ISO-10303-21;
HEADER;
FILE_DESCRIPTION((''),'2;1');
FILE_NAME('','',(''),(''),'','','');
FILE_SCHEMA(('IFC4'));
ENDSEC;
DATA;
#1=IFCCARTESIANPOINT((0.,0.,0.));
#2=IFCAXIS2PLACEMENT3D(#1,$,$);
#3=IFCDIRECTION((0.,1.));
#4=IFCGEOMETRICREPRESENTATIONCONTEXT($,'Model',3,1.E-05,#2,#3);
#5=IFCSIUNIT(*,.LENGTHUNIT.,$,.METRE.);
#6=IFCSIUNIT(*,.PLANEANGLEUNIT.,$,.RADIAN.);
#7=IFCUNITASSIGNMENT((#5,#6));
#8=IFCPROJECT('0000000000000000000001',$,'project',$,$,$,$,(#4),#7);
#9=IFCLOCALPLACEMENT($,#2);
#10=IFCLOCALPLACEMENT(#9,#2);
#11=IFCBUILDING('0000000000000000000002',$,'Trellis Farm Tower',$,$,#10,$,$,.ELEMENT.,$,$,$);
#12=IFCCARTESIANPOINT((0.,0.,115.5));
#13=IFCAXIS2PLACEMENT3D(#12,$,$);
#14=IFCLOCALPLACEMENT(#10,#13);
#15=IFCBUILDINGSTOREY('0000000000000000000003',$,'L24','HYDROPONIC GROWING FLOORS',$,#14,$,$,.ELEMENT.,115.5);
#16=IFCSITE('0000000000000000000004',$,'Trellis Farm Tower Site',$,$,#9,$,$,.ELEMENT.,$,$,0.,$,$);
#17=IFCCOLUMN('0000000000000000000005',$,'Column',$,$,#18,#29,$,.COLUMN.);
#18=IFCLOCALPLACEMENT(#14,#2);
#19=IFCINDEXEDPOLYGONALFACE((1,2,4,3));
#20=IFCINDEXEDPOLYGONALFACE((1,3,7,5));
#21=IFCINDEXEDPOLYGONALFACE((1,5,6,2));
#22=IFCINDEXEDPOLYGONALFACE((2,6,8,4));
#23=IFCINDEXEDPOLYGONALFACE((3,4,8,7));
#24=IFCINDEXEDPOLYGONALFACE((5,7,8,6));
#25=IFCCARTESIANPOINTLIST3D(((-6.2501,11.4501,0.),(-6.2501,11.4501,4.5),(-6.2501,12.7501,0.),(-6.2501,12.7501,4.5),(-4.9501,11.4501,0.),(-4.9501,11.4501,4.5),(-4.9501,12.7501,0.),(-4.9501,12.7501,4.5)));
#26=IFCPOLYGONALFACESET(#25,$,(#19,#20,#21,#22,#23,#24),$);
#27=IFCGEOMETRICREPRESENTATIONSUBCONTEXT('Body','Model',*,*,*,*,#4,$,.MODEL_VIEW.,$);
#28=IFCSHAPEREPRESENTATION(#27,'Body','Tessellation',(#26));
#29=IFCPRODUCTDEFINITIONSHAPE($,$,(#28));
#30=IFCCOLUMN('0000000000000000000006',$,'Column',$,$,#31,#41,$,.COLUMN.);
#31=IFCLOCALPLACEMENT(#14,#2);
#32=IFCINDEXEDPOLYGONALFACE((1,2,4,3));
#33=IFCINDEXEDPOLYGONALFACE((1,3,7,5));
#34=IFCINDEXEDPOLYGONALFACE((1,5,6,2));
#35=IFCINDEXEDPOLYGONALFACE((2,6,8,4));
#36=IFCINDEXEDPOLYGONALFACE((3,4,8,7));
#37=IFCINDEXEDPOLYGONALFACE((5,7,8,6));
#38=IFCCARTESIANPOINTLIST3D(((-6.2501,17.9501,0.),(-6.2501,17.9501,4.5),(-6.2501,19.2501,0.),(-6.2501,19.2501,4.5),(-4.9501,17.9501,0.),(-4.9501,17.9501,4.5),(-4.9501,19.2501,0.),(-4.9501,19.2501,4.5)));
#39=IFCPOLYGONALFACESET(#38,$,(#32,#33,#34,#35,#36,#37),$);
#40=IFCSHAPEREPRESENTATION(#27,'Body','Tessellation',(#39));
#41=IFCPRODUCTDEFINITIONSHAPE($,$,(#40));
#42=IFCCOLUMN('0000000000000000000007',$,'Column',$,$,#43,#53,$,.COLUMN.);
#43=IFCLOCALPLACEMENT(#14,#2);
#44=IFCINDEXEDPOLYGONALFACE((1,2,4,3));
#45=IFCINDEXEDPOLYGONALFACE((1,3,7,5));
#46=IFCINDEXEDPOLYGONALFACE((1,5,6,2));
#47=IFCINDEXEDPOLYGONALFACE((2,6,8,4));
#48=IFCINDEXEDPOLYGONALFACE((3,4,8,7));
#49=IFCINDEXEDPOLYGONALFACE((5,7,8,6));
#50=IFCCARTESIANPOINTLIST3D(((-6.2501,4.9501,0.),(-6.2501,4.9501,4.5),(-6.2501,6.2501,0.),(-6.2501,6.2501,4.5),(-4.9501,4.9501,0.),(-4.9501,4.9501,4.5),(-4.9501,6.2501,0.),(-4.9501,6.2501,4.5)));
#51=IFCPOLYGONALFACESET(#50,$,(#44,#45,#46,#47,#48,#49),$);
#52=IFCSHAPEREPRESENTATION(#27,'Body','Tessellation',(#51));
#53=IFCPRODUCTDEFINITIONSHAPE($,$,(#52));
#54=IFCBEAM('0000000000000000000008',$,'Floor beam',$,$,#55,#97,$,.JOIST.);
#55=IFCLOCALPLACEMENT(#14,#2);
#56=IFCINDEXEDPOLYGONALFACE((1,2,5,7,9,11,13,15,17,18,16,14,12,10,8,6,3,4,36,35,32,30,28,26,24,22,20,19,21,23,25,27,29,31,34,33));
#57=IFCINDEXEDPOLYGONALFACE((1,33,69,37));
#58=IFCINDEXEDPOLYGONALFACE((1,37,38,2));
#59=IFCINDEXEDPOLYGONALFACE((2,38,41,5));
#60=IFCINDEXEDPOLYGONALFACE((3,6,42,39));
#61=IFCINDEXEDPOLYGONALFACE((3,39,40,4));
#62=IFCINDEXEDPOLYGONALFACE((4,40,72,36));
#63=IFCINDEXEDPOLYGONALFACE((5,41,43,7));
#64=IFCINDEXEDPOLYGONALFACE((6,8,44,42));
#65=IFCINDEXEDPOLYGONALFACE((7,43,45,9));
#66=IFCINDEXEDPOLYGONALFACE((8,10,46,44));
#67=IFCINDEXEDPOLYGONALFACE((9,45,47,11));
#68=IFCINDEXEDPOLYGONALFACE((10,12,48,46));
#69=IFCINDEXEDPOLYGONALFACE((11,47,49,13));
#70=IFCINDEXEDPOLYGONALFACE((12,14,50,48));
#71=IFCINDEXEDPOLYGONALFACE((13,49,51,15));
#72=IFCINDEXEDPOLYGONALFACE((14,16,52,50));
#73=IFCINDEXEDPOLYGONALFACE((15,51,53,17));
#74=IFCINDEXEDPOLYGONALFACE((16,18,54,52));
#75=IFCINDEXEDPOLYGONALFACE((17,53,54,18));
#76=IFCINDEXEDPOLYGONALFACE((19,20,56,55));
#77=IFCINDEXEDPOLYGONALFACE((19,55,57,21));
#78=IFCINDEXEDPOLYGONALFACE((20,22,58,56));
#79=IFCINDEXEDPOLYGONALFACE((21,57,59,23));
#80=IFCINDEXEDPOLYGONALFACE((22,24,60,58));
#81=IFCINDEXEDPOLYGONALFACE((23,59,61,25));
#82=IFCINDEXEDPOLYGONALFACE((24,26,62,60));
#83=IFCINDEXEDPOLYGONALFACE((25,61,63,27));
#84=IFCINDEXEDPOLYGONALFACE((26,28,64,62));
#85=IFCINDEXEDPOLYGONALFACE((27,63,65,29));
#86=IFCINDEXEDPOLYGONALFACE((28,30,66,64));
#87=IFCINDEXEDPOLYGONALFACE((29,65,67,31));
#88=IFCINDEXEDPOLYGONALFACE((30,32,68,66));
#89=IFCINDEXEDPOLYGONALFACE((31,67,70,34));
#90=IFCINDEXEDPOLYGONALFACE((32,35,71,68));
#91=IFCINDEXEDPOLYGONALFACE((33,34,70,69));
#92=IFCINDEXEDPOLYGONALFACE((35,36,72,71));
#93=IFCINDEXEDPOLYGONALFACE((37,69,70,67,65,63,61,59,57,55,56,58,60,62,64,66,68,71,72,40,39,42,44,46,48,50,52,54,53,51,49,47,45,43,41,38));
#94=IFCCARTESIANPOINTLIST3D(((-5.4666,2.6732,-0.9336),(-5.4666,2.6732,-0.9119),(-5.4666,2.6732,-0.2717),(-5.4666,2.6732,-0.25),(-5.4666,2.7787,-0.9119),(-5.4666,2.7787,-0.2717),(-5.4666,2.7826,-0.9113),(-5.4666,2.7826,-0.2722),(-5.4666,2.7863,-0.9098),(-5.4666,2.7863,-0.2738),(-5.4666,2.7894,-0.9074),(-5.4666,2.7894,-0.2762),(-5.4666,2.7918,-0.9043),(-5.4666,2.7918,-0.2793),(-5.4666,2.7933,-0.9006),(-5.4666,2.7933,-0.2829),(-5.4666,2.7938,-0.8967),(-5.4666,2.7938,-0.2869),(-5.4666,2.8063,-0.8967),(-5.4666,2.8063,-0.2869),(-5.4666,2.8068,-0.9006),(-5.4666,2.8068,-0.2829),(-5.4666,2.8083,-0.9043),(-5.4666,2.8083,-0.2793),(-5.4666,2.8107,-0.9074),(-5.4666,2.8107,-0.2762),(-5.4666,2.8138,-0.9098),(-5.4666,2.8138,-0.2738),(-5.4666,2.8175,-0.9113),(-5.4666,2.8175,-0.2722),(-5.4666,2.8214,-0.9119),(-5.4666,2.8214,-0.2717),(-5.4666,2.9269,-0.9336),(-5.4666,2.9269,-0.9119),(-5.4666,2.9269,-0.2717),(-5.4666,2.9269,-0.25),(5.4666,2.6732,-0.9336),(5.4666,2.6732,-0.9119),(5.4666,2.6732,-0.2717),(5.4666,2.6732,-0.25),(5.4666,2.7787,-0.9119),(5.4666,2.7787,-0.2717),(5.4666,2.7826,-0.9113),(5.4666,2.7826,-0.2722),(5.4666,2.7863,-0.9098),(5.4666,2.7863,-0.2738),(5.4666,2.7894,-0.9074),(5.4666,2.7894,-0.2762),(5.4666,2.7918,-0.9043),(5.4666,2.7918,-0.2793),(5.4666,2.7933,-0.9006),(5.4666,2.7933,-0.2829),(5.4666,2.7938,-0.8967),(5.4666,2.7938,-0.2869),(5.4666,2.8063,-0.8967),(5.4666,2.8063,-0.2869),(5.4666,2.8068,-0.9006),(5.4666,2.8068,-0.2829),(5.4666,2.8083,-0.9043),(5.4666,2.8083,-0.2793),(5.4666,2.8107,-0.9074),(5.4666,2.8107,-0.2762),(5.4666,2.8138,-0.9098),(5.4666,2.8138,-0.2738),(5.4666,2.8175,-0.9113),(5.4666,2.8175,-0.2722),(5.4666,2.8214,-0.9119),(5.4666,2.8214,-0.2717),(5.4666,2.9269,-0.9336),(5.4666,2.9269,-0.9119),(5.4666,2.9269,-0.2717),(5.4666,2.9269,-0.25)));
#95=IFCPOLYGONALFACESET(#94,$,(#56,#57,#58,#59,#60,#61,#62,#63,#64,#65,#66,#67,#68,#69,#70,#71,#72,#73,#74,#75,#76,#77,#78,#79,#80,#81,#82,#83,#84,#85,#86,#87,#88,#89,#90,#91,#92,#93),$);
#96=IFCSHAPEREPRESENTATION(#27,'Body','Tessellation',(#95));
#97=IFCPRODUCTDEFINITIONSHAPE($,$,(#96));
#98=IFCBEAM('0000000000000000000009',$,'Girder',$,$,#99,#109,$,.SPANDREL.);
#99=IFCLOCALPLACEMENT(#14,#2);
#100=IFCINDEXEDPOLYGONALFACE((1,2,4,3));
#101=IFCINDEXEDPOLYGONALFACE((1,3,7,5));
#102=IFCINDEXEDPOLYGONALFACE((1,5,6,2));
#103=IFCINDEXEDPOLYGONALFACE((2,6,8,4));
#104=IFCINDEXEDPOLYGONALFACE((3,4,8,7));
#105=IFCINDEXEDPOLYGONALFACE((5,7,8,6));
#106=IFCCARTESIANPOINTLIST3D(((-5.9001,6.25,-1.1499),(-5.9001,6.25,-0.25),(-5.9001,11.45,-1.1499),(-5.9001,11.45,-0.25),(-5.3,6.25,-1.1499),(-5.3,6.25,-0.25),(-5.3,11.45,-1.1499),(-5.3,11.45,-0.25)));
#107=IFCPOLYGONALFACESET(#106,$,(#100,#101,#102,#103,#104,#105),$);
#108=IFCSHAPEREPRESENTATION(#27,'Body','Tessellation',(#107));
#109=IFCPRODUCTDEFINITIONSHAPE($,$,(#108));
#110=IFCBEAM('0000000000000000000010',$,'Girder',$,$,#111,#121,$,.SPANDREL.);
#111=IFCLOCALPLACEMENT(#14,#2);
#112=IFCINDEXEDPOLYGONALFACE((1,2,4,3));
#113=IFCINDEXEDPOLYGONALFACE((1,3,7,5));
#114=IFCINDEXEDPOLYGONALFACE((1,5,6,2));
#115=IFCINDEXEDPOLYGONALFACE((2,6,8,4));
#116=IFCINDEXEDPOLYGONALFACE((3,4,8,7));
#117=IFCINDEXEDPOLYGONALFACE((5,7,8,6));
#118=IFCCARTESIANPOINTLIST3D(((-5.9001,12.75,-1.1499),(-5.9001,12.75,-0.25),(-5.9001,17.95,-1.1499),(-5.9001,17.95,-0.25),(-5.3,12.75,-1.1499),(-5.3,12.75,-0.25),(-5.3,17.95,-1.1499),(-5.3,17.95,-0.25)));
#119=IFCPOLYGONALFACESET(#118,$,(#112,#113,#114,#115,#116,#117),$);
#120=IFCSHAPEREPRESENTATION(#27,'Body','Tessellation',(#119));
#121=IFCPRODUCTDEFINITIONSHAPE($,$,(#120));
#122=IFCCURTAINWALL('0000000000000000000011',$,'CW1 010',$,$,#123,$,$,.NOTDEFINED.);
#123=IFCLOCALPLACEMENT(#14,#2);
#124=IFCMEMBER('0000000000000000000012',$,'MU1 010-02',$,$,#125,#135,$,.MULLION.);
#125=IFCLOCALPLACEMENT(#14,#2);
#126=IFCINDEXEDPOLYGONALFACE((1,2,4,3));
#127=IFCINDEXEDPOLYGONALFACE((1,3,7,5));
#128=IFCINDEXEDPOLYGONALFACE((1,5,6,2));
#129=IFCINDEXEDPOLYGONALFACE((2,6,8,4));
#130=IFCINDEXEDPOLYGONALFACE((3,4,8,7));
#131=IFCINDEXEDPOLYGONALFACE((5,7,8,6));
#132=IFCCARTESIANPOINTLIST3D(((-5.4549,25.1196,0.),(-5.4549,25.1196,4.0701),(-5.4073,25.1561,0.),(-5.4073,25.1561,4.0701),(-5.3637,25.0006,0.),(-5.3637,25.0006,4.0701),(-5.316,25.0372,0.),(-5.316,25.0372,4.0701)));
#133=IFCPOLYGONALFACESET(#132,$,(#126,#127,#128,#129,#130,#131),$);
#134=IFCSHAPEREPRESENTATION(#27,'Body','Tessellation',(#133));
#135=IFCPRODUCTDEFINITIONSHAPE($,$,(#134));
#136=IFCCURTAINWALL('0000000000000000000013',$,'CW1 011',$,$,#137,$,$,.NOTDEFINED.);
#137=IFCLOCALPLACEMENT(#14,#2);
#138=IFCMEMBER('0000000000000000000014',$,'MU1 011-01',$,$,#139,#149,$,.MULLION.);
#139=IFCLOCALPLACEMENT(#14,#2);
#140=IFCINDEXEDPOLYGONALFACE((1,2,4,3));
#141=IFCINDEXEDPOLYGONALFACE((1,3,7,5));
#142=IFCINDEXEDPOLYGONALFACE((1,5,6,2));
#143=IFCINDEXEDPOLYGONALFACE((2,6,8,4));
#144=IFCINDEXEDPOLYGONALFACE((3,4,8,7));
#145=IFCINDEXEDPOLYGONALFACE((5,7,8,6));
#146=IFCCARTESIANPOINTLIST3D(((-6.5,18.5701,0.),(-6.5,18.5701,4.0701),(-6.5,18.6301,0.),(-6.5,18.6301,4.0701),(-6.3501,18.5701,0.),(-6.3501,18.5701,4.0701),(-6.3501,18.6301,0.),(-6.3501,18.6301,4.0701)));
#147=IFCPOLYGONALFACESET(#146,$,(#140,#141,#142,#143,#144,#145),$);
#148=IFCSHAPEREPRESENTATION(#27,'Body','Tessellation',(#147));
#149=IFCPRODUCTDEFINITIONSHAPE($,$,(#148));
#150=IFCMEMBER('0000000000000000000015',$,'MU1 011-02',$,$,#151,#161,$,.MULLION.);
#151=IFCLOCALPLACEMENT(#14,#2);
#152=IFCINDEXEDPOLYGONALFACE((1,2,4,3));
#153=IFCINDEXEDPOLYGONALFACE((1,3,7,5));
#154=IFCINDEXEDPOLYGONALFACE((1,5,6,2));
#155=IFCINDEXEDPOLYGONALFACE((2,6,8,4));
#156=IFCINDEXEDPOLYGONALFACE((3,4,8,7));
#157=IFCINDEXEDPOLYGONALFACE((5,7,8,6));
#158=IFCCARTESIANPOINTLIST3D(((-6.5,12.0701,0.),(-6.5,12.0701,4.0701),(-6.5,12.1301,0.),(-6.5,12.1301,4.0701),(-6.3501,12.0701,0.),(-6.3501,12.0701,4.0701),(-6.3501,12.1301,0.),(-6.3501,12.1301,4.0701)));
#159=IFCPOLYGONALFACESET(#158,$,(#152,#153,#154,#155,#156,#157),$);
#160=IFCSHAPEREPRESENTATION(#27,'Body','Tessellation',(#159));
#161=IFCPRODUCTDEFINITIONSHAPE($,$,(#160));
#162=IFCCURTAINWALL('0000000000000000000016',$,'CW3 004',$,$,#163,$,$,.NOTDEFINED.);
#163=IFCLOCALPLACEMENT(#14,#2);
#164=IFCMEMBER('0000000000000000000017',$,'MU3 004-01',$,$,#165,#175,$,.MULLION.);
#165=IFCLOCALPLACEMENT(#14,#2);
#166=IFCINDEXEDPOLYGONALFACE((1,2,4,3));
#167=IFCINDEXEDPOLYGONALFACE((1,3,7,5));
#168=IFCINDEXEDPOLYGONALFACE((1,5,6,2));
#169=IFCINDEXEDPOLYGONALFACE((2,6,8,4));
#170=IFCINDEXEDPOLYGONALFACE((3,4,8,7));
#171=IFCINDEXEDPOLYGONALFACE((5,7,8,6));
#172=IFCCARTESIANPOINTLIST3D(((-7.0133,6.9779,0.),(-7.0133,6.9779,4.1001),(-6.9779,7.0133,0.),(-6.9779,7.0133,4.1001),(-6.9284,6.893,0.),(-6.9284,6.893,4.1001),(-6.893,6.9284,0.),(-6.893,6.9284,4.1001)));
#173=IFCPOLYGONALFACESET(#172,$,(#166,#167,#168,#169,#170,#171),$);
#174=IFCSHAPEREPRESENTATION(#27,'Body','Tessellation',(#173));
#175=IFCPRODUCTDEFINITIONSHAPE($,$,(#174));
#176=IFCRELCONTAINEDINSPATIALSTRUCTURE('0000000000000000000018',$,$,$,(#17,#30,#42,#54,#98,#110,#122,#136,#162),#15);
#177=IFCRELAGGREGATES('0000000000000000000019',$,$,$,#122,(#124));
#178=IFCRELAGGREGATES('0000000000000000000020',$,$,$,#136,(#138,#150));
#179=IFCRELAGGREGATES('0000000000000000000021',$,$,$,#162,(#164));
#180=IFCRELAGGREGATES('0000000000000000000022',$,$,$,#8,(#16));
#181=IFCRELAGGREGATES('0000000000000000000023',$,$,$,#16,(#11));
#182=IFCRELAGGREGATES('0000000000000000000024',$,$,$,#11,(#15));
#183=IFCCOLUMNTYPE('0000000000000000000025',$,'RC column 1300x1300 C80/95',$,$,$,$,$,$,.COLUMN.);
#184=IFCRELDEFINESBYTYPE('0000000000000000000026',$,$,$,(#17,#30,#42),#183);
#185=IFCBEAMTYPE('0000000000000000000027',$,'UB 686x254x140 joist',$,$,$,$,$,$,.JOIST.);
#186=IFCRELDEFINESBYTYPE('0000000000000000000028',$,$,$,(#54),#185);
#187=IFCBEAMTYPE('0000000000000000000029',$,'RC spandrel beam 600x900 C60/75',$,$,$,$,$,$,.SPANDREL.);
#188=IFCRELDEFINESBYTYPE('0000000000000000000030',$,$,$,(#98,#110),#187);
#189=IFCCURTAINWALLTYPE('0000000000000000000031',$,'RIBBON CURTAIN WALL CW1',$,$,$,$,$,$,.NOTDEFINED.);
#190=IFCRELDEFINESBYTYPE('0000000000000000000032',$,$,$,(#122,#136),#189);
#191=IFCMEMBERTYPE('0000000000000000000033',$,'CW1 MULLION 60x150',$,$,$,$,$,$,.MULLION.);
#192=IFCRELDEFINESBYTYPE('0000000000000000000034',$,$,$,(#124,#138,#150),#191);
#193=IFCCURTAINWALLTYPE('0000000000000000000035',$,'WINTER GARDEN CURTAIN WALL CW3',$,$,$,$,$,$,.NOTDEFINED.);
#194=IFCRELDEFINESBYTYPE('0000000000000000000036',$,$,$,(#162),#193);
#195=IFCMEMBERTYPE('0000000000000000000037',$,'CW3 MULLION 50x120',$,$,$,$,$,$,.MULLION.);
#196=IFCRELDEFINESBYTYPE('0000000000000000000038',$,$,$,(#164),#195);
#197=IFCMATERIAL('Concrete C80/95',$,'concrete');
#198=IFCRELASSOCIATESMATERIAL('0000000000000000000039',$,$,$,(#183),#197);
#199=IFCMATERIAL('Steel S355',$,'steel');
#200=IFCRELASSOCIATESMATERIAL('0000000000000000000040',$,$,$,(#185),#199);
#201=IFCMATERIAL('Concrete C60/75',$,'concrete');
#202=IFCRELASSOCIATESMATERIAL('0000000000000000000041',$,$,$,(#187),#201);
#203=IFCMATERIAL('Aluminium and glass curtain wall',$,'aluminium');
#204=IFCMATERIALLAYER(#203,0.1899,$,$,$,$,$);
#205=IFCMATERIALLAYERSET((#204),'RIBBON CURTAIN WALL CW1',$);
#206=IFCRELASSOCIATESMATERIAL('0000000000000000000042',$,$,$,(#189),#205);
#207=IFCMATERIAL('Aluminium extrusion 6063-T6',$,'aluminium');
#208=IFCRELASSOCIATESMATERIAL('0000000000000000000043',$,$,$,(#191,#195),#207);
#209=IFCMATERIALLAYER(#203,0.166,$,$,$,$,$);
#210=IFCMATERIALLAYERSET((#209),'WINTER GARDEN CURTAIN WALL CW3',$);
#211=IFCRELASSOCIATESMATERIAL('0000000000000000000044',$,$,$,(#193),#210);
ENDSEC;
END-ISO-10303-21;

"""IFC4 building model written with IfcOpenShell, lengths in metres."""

from ifc_helpers import new_model, si_unit, direction, frame, origin, origin_2d, place, context, subcontext, project, spatial, rectangle, i_section, extrude, source, transform, mapped, material, layer, layer_set, material_profile, profile_set, type_object, element, aggregate, save


model = new_model("IFC4")

# Units and contexts
model_context = context("Model", 3, precision=1e-05, world=origin(), true_north=direction((0.0, 1.0)))
body_context = subcontext(model_context, "Body", "Model", "MODEL_VIEW")
ifc_project = project(units=[si_unit("LENGTHUNIT", "METRE"), si_unit("PLANEANGLEUNIT", "RADIAN")], contexts=[model_context])

# Site, building, storey
site_placement = place(None, origin())
site = spatial("IfcSite", under=ifc_project, at=site_placement, Name="Trellis Farm Tower Site", CompositionType="ELEMENT", RefElevation=0.0)
building_placement = place(site_placement, origin())
building = spatial("IfcBuilding", under=site, at=building_placement, Name="Trellis Farm Tower", CompositionType="ELEMENT")
storey_placement = place(building_placement, frame((0.0, 0.0, 115.5)))
storey = spatial("IfcBuildingStorey", under=building, at=storey_placement, Name="L24", Description="HYDROPONIC GROWING FLOORS", CompositionType="ELEMENT", Elevation=115.5)

# Columns
ifc_material_1 = material(Name="Concrete C80/95", Category="concrete")
ifc_material_profile_1 = material_profile(ifc_material_1, rectangle(XDim=1.3, YDim=1.3, at=origin_2d()), Name="RC column 1300x1300 C80/95")
ifc_profile_set_1 = profile_set([ifc_material_profile_1], Name="Concrete C80/95")
column_type = type_object("IfcColumnType", Name="RC column 1300x1300 C80/95", PredefinedType="COLUMN", material=ifc_profile_set_1)
shared_shape_1 = source(origin(), body_context, "Body", "SweptSolid", [
    extrude(rectangle(XDim=1.3, YDim=1.3, at=origin_2d()), origin(), (0.0, 0.0, 1.0), 4.5),
])
for number, where, z_axis, x_axis, name in (
    (1, (-5.6001, 12.1001, 0.0), (0.0, 0.0, 1.0), (1.0, 0.0, 0.0), "Column"),
    (2, (-5.6001, 18.6001, 0.0), (0.0, 0.0, 1.0), (1.0, 0.0, 0.0), "Column"),
    (3, (-5.6001, 5.6001, 0.0), (0.0, 0.0, 1.0), (1.0, 0.0, 0.0), "Column"),
):
    element("IfcColumn", number, at=place(storey_placement, frame(where, z_axis=z_axis, x_axis=x_axis)), inside=storey, type_object=column_type, Name=name, PredefinedType="COLUMN", context=body_context, shape_type="MappedRepresentation", body=[
        mapped(shared_shape_1, transform((0.0, 0.0, 0.0))),
    ])

# Beams
ifc_material_2 = material(Name="Steel S355", Category="steel")
ifc_material_profile_2 = material_profile(ifc_material_2, i_section(OverallWidth=0.2537, OverallDepth=0.6836, WebThickness=0.0125, FlangeThickness=0.0217, FilletRadius=0.0151, at=origin_2d()), Name="UB 686x254x140")
ifc_profile_set_2 = profile_set([ifc_material_profile_2], Name="Steel S355")
beam_type_1 = type_object("IfcBeamType", Name="UB 686x254x140 joist", PredefinedType="JOIST", material=ifc_profile_set_2)
shared_shape_2 = source(origin(), body_context, "Body", "SweptSolid", [
    extrude(i_section(OverallWidth=0.2537, OverallDepth=0.6836, WebThickness=0.0125, FlangeThickness=0.0217, FilletRadius=0.0151, at=origin_2d()), origin(), (0.0, 0.0, 1.0), 10.9331),
])
beam_placement = place(storey_placement, frame((-5.4666, 2.8, -0.5918), z_axis=(1.0, 0.0, 0.0), x_axis=(0.0, 1.0, 0.0)))
element("IfcBeam", 4, at=beam_placement, inside=storey, type_object=beam_type_1, Name="Floor beam", PredefinedType="JOIST", context=body_context, shape_type="MappedRepresentation", body=[
    mapped(shared_shape_2, transform((0.0, 0.0, 0.0))),
])
ifc_material_3 = material(Name="Concrete C60/75", Category="concrete")
ifc_material_profile_3 = material_profile(ifc_material_3, rectangle(XDim=0.6001, YDim=0.8999, at=origin_2d()), Name="RC spandrel beam 600x900 C60/75")
ifc_profile_set_3 = profile_set([ifc_material_profile_3], Name="Concrete C60/75")
beam_type_2 = type_object("IfcBeamType", Name="RC spandrel beam 600x900 C60/75", PredefinedType="SPANDREL", material=ifc_profile_set_3)
shared_shape_3 = source(origin(), body_context, "Body", "SweptSolid", [
    extrude(rectangle(XDim=0.6001, YDim=0.8999, at=origin_2d()), origin(), (0.0, 0.0, 1.0), 5.2),
])
for number, where, z_axis, x_axis, name in (
    (5, (-5.6001, 6.25, -0.7), (0.0, 1.0, 0.0), (-1.0, 0.0, 0.0), "Girder"),
    (6, (-5.6001, 12.75, -0.7), (0.0, 1.0, 0.0), (-1.0, 0.0, 0.0), "Girder"),
):
    element("IfcBeam", number, at=place(storey_placement, frame(where, z_axis=z_axis, x_axis=x_axis)), inside=storey, type_object=beam_type_2, Name=name, PredefinedType="SPANDREL", context=body_context, shape_type="MappedRepresentation", body=[
        mapped(shared_shape_3, transform((0.0, 0.0, 0.0))),
    ])

# Curtain wall, member
ifc_material_4 = material(Name="Aluminium and glass curtain wall", Category="aluminium")
ifc_layer_1 = layer(ifc_material_4, 0.1899)
ifc_layer_set_1 = layer_set([ifc_layer_1], Name="RIBBON CURTAIN WALL CW1")
curtain_wall_type_1 = type_object("IfcCurtainWallType", Name="RIBBON CURTAIN WALL CW1", PredefinedType="NOTDEFINED", material=ifc_layer_set_1)
placement = place(storey_placement, origin())
curtain_wall_1 = element("IfcCurtainWall", 7, at=placement, inside=storey, type_object=curtain_wall_type_1, Name="CW1 010", PredefinedType="NOTDEFINED")
ifc_material_5 = material(Name="Aluminium extrusion 6063-T6", Category="aluminium")
ifc_material_profile_4 = material_profile(ifc_material_5, rectangle(XDim=0.0601, YDim=0.1499, at=origin_2d()), Name="MULLION 60x150")
ifc_profile_set_4 = profile_set([ifc_material_profile_4], Name="Aluminium extrusion 6063-T6")
member_type_1 = type_object("IfcMemberType", Name="CW1 MULLION 60x150", PredefinedType="MULLION", material=ifc_profile_set_4)
shared_shape_4 = source(origin(), body_context, "Body", "SweptSolid", [
    extrude(rectangle(XDim=0.0601, YDim=0.1499, at=origin_2d()), origin(), (0.0, 0.0, 1.0), 4.0701),
])
member_1_placement = place(storey_placement, frame((-5.3855, 25.0784, 0.0), z_axis=(0.0, 0.0, 1.0), x_axis=(-0.793353, -0.608761, 0.0)))
member_1 = element("IfcMember", 8, at=member_1_placement, type_object=member_type_1, Name="MU1 010-02", PredefinedType="MULLION", context=body_context, shape_type="MappedRepresentation", body=[
    mapped(shared_shape_4, transform((0.0, 0.0, 0.0))),
])
aggregate(curtain_wall_1, [member_1])

# Curtain wall, members
curtain_wall_2 = element("IfcCurtainWall", 9, at=placement, inside=storey, type_object=curtain_wall_type_1, Name="CW1 011", PredefinedType="NOTDEFINED")
member_2_placement = place(storey_placement, frame((-6.425, 18.6001, 0.0), z_axis=(0.0, 0.0, 1.0), x_axis=(0.0, -1.0, 0.0)))
member_2 = element("IfcMember", 10, at=member_2_placement, type_object=member_type_1, Name="MU1 011-01", PredefinedType="MULLION", context=body_context, shape_type="MappedRepresentation", body=[
    mapped(shared_shape_4, transform((0.0, 0.0, 0.0))),
])
member_3_placement = place(storey_placement, frame((-6.425, 12.1001, 0.0), z_axis=(0.0, 0.0, 1.0), x_axis=(0.0, -1.0, 0.0)))
member_3 = element("IfcMember", 11, at=member_3_placement, type_object=member_type_1, Name="MU1 011-02", PredefinedType="MULLION", context=body_context, shape_type="MappedRepresentation", body=[
    mapped(shared_shape_4, transform((0.0, 0.0, 0.0))),
])
aggregate(curtain_wall_2, [member_2, member_3])

# Curtain wall, member
ifc_layer_2 = layer(ifc_material_4, 0.166)
ifc_layer_set_2 = layer_set([ifc_layer_2], Name="WINTER GARDEN CURTAIN WALL CW3")
curtain_wall_type_2 = type_object("IfcCurtainWallType", Name="WINTER GARDEN CURTAIN WALL CW3", PredefinedType="NOTDEFINED", material=ifc_layer_set_2)
curtain_wall_3 = element("IfcCurtainWall", 12, at=placement, inside=storey, type_object=curtain_wall_type_2, Name="CW3 004", PredefinedType="NOTDEFINED")
ifc_material_profile_5 = material_profile(ifc_material_5, rectangle(XDim=0.05, YDim=0.1201, at=origin_2d()), Name="MULLION 50x120")
ifc_profile_set_5 = profile_set([ifc_material_profile_5], Name="Aluminium extrusion 6063-T6")
member_type_2 = type_object("IfcMemberType", Name="CW3 MULLION 50x120", PredefinedType="MULLION", material=ifc_profile_set_5)
shared_shape_5 = source(origin(), body_context, "Body", "SweptSolid", [
    extrude(rectangle(XDim=0.05, YDim=0.1201, at=origin_2d()), origin(), (0.0, 0.0, 1.0), 4.1001),
])
member_4_placement = place(storey_placement, frame((-6.9531, 6.9531, 0.0), z_axis=(0.0, 0.0, 1.0), x_axis=(-0.707107, -0.707107, 0.0)))
member_4 = element("IfcMember", 13, at=member_4_placement, type_object=member_type_2, Name="MU3 004-01", PredefinedType="MULLION", context=body_context, shape_type="MappedRepresentation", body=[
    mapped(shared_shape_5, transform((0.0, 0.0, 0.0))),
])
aggregate(curtain_wall_3, [member_4])

save(model, "model.ifc")
